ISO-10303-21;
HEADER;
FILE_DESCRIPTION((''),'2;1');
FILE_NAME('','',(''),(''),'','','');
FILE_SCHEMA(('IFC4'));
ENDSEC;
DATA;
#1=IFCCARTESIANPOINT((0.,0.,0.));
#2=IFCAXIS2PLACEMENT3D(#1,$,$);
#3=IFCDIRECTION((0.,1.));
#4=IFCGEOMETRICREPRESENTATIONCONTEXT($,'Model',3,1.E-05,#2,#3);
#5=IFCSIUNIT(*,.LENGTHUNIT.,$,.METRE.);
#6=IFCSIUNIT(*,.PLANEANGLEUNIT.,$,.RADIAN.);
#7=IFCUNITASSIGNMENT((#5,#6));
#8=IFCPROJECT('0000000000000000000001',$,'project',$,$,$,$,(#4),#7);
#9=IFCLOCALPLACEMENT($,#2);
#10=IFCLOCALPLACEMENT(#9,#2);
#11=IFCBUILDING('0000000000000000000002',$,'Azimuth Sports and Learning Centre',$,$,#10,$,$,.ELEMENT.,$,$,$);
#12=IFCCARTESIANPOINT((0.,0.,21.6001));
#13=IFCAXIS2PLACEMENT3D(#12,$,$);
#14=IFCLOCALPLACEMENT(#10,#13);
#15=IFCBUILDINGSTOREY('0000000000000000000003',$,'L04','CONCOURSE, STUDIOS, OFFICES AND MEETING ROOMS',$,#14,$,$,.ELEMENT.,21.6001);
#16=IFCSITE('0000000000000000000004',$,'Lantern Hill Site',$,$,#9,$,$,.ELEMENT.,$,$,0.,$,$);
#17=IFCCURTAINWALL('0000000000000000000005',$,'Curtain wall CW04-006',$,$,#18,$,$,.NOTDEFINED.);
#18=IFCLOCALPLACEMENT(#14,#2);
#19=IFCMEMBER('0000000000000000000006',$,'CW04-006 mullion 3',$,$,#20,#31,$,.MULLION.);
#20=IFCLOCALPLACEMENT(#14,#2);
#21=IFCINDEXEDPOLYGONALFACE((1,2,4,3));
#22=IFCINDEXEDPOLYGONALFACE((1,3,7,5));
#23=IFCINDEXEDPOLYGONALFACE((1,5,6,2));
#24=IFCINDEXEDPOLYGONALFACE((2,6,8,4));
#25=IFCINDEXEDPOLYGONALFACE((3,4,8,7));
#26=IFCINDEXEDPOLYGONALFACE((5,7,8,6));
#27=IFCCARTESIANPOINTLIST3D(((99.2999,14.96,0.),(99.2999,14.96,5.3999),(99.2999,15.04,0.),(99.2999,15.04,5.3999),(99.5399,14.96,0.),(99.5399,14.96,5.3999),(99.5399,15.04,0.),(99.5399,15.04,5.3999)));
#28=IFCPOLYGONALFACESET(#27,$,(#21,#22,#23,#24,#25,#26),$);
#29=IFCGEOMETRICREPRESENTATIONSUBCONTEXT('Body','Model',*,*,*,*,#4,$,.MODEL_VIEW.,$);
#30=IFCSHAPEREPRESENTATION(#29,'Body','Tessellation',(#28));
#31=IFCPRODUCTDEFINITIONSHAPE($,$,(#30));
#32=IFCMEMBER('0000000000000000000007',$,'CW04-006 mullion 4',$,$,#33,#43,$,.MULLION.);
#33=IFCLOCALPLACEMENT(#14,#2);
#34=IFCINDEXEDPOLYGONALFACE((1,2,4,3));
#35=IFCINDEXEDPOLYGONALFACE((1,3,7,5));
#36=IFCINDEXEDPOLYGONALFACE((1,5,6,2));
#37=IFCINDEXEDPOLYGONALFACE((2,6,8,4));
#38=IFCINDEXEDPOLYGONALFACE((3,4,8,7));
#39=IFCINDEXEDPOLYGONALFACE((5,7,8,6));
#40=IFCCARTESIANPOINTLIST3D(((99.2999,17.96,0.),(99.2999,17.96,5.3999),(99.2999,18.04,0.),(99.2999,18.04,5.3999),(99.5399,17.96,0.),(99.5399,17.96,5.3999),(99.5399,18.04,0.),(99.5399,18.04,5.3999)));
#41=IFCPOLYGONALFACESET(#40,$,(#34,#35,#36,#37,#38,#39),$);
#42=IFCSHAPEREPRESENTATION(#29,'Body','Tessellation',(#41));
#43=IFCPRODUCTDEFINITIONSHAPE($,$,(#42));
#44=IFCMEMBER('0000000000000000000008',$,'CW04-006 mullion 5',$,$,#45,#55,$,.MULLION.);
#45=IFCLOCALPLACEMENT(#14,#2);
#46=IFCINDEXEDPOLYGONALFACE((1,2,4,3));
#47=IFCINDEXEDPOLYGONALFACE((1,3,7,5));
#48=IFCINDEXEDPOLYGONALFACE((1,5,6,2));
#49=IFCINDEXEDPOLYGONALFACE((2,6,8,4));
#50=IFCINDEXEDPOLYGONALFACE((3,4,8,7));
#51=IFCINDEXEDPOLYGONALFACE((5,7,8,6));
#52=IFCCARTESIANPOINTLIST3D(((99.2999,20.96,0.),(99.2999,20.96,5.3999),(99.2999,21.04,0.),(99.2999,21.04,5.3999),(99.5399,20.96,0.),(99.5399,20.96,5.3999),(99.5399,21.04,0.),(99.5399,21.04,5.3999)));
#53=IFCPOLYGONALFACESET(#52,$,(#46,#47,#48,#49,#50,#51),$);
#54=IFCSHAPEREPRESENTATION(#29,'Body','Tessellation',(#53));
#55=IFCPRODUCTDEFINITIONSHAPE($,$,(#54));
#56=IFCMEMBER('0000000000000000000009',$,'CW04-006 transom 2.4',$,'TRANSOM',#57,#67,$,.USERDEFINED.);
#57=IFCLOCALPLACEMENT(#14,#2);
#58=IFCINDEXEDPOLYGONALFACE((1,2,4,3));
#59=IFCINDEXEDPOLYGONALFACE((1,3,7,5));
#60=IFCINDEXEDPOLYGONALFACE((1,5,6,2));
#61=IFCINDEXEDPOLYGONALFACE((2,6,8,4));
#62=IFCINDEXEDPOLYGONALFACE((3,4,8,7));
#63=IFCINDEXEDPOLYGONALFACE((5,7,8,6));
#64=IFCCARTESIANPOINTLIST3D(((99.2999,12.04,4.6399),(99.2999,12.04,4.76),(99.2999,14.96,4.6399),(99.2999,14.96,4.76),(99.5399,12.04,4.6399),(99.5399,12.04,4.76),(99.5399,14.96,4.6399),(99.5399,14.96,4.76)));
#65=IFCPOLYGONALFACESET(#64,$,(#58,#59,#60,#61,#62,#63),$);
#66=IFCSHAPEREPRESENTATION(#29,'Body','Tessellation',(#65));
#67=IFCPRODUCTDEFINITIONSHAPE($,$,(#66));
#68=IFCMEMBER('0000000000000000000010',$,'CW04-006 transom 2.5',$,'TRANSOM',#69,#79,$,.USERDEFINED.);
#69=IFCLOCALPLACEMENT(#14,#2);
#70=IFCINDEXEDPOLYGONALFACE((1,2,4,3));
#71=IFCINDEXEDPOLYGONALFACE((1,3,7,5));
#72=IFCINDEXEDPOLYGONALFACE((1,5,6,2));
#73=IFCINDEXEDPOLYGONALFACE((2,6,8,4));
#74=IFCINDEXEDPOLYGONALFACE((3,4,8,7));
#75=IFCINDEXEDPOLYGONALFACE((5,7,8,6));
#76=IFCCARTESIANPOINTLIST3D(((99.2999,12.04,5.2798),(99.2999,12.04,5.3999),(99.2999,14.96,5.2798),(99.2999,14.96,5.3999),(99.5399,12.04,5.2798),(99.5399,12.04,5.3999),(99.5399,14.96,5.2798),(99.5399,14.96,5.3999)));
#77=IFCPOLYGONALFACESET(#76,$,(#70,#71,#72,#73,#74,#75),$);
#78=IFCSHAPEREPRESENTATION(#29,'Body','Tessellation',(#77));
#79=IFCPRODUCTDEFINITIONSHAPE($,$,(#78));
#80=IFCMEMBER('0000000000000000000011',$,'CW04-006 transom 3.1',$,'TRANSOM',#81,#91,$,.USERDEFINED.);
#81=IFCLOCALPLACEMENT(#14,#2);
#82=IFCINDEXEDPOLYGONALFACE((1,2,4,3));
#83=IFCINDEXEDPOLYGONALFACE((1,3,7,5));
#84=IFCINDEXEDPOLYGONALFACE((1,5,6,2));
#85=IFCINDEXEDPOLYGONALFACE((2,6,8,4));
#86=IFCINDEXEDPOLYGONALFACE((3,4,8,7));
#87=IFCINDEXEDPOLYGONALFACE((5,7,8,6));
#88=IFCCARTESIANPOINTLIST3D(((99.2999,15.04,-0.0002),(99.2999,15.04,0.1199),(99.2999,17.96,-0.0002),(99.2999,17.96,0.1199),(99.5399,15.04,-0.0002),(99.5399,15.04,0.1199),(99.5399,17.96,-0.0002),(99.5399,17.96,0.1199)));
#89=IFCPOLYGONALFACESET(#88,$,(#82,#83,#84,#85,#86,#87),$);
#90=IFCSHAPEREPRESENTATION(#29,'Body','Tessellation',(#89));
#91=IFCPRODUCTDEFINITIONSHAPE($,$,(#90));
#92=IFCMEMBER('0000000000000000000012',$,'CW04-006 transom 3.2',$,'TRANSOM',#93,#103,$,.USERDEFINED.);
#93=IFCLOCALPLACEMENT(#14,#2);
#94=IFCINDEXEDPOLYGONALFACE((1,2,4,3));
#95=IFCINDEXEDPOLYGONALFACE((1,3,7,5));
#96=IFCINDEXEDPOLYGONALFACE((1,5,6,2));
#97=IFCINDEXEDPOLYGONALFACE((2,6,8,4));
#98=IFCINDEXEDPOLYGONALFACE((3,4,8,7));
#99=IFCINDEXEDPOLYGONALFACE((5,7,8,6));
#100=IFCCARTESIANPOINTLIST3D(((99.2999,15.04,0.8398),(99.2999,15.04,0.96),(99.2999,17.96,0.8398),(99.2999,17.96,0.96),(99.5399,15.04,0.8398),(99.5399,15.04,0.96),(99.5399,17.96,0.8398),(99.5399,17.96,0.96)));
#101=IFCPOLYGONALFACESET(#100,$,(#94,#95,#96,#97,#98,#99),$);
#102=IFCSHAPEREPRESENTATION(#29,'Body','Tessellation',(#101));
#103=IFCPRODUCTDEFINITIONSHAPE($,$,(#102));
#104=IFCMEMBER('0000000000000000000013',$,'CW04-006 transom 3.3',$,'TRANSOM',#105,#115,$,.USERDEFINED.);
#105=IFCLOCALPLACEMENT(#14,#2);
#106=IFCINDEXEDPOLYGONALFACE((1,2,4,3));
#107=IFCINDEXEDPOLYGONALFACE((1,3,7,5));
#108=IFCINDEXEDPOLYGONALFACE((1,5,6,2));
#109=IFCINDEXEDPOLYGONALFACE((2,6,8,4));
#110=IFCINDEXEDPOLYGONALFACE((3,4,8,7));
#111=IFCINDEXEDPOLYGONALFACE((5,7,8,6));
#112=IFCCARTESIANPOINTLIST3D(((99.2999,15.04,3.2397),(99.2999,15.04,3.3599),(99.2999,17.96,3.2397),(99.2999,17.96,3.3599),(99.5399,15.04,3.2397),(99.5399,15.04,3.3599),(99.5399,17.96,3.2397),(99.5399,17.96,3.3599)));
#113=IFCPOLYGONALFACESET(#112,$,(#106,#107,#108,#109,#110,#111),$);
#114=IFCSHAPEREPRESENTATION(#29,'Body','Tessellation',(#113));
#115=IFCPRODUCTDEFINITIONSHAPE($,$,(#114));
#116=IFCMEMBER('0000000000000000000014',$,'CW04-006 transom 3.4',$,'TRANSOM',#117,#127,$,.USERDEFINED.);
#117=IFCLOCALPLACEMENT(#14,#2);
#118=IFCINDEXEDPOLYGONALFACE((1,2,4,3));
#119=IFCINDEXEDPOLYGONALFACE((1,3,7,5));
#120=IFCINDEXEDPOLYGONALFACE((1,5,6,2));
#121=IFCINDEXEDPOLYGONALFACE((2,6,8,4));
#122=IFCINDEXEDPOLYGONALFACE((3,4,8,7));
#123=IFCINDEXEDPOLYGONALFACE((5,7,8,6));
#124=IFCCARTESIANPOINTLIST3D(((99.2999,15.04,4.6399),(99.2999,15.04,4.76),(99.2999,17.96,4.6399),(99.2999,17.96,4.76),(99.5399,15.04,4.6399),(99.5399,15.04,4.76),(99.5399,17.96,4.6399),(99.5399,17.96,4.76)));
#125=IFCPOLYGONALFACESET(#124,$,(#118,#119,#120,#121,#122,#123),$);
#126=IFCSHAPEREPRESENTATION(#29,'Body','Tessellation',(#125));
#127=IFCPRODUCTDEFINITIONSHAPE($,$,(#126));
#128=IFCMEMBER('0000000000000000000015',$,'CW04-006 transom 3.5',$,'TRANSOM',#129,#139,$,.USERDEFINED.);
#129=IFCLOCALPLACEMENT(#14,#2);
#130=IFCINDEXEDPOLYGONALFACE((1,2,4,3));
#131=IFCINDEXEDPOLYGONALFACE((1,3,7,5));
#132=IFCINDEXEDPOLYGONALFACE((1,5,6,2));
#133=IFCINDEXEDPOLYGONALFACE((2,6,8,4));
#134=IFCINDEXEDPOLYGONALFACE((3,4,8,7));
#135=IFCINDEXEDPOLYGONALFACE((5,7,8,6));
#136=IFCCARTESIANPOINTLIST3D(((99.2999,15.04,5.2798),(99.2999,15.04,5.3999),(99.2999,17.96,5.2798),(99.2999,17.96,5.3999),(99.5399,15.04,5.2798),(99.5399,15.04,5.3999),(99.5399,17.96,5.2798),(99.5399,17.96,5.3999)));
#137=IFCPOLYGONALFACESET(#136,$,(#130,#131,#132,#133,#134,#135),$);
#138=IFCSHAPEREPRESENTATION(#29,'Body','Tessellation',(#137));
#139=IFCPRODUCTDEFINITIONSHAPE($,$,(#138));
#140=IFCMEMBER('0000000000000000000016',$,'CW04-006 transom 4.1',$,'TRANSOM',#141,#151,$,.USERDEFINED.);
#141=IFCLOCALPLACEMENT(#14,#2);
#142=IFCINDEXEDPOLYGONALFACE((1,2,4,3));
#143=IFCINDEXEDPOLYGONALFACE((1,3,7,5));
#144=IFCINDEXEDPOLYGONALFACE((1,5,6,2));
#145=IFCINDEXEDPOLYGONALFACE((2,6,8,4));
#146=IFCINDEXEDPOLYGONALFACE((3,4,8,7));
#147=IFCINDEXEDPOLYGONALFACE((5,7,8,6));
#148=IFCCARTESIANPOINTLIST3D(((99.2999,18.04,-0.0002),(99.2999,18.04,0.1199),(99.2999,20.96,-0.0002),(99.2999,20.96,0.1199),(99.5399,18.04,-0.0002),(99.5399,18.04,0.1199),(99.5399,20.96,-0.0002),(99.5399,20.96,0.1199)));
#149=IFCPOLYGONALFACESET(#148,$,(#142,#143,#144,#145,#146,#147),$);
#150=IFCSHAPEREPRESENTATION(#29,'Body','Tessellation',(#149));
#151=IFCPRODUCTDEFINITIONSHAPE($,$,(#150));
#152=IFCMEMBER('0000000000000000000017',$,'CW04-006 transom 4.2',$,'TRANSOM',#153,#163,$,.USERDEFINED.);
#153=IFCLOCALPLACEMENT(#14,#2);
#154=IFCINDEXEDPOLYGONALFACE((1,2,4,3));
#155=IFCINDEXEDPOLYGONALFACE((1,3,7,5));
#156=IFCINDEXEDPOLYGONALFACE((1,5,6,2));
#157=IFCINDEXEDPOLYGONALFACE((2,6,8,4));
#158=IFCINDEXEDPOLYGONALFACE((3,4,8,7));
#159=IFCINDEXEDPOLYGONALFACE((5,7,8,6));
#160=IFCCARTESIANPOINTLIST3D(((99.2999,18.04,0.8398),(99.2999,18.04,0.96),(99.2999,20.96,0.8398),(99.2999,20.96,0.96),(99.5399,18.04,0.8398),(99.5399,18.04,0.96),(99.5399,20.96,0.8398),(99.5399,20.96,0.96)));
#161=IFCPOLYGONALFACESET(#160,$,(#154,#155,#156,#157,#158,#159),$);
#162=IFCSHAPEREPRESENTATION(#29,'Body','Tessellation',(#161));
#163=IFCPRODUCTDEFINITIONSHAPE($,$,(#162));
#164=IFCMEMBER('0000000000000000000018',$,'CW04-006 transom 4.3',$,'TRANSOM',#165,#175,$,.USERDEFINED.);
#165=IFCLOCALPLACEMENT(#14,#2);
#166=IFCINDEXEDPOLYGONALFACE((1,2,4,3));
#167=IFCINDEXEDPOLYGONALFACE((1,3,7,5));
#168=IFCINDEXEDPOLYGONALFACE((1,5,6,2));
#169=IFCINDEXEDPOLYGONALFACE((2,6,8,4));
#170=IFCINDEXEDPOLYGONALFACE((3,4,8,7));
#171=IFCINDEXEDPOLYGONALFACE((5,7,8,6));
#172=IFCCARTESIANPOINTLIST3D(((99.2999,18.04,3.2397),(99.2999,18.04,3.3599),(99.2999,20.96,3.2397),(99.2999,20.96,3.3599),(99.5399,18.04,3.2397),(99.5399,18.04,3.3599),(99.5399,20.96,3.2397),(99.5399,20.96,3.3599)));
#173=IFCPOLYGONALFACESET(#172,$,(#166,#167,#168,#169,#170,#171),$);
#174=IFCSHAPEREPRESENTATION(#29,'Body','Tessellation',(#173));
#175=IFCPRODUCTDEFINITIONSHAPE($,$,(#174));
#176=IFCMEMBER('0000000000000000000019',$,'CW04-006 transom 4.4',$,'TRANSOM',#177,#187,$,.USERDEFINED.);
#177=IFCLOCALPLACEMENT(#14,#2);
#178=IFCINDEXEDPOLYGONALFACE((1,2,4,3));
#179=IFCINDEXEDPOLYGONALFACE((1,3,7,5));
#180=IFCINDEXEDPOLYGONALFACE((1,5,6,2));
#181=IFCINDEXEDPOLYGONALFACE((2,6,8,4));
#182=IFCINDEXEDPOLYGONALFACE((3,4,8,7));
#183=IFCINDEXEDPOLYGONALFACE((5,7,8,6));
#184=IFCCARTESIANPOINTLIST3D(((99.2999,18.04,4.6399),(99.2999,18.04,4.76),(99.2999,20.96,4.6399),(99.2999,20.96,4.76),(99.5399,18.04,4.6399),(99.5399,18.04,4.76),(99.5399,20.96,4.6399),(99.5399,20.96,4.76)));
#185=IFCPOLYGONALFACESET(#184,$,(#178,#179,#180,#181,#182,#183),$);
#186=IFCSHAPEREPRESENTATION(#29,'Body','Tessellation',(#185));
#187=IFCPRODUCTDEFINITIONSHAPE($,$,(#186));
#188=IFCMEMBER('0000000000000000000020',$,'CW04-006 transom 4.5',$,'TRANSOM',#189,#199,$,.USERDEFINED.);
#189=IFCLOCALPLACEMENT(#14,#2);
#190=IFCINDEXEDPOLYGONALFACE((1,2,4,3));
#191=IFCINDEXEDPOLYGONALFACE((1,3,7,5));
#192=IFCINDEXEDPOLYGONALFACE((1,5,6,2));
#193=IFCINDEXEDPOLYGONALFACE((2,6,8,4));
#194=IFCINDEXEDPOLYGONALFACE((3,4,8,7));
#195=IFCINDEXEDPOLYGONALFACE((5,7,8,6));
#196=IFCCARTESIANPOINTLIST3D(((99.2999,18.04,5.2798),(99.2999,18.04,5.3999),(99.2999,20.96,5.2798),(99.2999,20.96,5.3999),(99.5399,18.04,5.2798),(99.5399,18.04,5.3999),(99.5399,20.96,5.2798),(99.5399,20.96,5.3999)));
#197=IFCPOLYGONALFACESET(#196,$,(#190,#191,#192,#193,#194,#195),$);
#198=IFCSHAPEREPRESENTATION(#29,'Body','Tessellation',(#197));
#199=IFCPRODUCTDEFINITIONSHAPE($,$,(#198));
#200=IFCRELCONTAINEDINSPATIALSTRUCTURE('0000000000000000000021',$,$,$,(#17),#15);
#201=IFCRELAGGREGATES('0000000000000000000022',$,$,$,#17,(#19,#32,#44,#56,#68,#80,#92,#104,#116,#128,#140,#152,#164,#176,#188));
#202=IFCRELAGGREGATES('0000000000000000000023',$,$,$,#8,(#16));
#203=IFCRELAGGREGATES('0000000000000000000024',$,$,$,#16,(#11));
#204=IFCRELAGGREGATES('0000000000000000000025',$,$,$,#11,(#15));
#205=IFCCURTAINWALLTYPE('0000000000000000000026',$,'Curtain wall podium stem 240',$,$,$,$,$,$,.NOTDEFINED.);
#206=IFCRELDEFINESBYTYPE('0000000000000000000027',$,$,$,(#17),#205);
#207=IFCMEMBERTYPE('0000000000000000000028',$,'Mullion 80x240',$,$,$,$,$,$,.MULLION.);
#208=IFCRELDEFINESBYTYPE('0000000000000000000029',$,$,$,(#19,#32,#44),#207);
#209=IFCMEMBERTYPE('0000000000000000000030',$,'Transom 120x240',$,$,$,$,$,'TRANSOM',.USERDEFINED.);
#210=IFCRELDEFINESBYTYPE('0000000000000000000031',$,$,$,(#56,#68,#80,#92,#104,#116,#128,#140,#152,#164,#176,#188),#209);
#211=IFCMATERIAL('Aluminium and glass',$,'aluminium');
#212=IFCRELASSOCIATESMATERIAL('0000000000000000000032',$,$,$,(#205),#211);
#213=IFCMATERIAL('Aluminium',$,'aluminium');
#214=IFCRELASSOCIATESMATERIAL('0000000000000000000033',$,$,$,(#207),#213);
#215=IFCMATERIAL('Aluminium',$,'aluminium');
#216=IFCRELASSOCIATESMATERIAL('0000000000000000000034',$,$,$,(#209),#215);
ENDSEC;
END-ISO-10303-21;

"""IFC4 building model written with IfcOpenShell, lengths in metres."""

from ifc_helpers import new_model, si_unit, direction, frame, origin, origin_2d, place, context, subcontext, project, spatial, rectangle, extrude, material, material_profile, profile_set, type_object, element, aggregate, save


model = new_model("IFC4")

# Units and contexts
model_context = context("Model", 3, precision=1e-05, world=origin(), true_north=direction((0.0, 1.0)))
body_context = subcontext(model_context, "Body", "Model", "MODEL_VIEW")
ifc_project = project(units=[si_unit("LENGTHUNIT", "METRE"), si_unit("PLANEANGLEUNIT", "RADIAN")], contexts=[model_context])

# Site, building, storey
site_placement = place(None, origin())
site = spatial("IfcSite", under=ifc_project, at=site_placement, Name="Lantern Hill Site", CompositionType="ELEMENT", RefElevation=0.0)
building_placement = place(site_placement, origin())
building = spatial("IfcBuilding", under=site, at=building_placement, Name="Azimuth Sports and Learning Centre", CompositionType="ELEMENT")
storey_placement = place(building_placement, frame((0.0, 0.0, 21.6001)))
storey = spatial("IfcBuildingStorey", under=building, at=storey_placement, Name="L04", Description="CONCOURSE, STUDIOS, OFFICES AND MEETING ROOMS", CompositionType="ELEMENT", Elevation=21.6001)

# Curtain wall, members
ifc_material_1 = material(Name="Aluminium and glass", Category="aluminium")
curtain_wall_type = type_object("IfcCurtainWallType", Name="Curtain wall podium stem 240", PredefinedType="NOTDEFINED", material=ifc_material_1)
curtain_wall_placement = place(storey_placement, origin())
curtain_wall = element("IfcCurtainWall", 1, at=curtain_wall_placement, inside=storey, type_object=curtain_wall_type, Name="Curtain wall CW04-006", PredefinedType="NOTDEFINED")
ifc_material_2 = material(Name="Aluminium", Category="aluminium")
ifc_material_profile_1 = material_profile(ifc_material_2, rectangle(XDim=0.24, YDim=0.0801, at=origin_2d()), Name="Mullion 80x240")
ifc_profile_set_1 = profile_set([ifc_material_profile_1], Name="Aluminium")
member_type_1 = type_object("IfcMemberType", Name="Mullion 80x240", PredefinedType="MULLION", material=ifc_profile_set_1)
member_1_placement = place(storey_placement, frame((99.4199, 15.0, 0.0), z_axis=(0.0, 0.0, 1.0), x_axis=(-1.0, 0.0, 0.0)))
member_1 = element("IfcMember", 2, at=member_1_placement, type_object=member_type_1, Name="CW04-006 mullion 3", PredefinedType="MULLION", context=body_context, shape_type="SweptSolid", body=[
    extrude(rectangle(XDim=0.24, YDim=0.0801, at=origin_2d()), origin(), (0.0, 0.0, 1.0), 5.3999),
])
member_2_placement = place(storey_placement, frame((99.4199, 18.0, 0.0), z_axis=(0.0, 0.0, 1.0), x_axis=(-1.0, 0.0, 0.0)))
member_2 = element("IfcMember", 3, at=member_2_placement, type_object=member_type_1, Name="CW04-006 mullion 4", PredefinedType="MULLION", context=body_context, shape_type="SweptSolid", body=[
    extrude(rectangle(XDim=0.24, YDim=0.0801, at=origin_2d()), origin(), (0.0, 0.0, 1.0), 5.3999),
])
member_3_placement = place(storey_placement, frame((99.4199, 21.0, 0.0), z_axis=(0.0, 0.0, 1.0), x_axis=(-1.0, 0.0, 0.0)))
member_3 = element("IfcMember", 4, at=member_3_placement, type_object=member_type_1, Name="CW04-006 mullion 5", PredefinedType="MULLION", context=body_context, shape_type="SweptSolid", body=[
    extrude(rectangle(XDim=0.24, YDim=0.0801, at=origin_2d()), origin(), (0.0, 0.0, 1.0), 5.3999),
])
ifc_material_3 = material(Name="Aluminium", Category="aluminium")
ifc_material_profile_2 = material_profile(ifc_material_3, rectangle(XDim=0.24, YDim=0.1201, at=origin_2d()), Name="Transom 120x240")
ifc_profile_set_2 = profile_set([ifc_material_profile_2], Name="Aluminium")
member_type_2 = type_object("IfcMemberType", Name="Transom 120x240", ElementType="TRANSOM", PredefinedType="USERDEFINED", material=ifc_profile_set_2)
member_4_placement = place(storey_placement, frame((99.4199, 12.04, 4.7), z_axis=(0.0, 1.0, 0.0), x_axis=(-1.0, 0.0, 0.0)))
member_4 = element("IfcMember", 5, at=member_4_placement, type_object=member_type_2, Name="CW04-006 transom 2.4", ObjectType="TRANSOM", PredefinedType="USERDEFINED", context=body_context, shape_type="SweptSolid", body=[
    extrude(rectangle(XDim=0.24, YDim=0.1201, at=origin_2d()), origin(), (0.0, 0.0, 1.0), 2.9199),
])
member_5_placement = place(storey_placement, frame((99.4199, 12.04, 5.3398), z_axis=(0.0, 1.0, 0.0), x_axis=(-1.0, 0.0, 0.0)))
member_5 = element("IfcMember", 6, at=member_5_placement, type_object=member_type_2, Name="CW04-006 transom 2.5", ObjectType="TRANSOM", PredefinedType="USERDEFINED", context=body_context, shape_type="SweptSolid", body=[
    extrude(rectangle(XDim=0.24, YDim=0.1201, at=origin_2d()), origin(), (0.0, 0.0, 1.0), 2.9199),
])
member_6_placement = place(storey_placement, frame((99.4199, 15.04, 0.0598), z_axis=(0.0, 1.0, 0.0), x_axis=(-1.0, 0.0, 0.0)))
member_6 = element("IfcMember", 7, at=member_6_placement, type_object=member_type_2, Name="CW04-006 transom 3.1", ObjectType="TRANSOM", PredefinedType="USERDEFINED", context=body_context, shape_type="SweptSolid", body=[
    extrude(rectangle(XDim=0.24, YDim=0.1201, at=origin_2d()), origin(), (0.0, 0.0, 1.0), 2.9199),
])
member_7_placement = place(storey_placement, frame((99.4199, 15.04, 0.8999), z_axis=(0.0, 1.0, 0.0), x_axis=(-1.0, 0.0, 0.0)))
member_7 = element("IfcMember", 8, at=member_7_placement, type_object=member_type_2, Name="CW04-006 transom 3.2", ObjectType="TRANSOM", PredefinedType="USERDEFINED", context=body_context, shape_type="SweptSolid", body=[
    extrude(rectangle(XDim=0.24, YDim=0.1201, at=origin_2d()), origin(), (0.0, 0.0, 1.0), 2.9199),
])
member_8_placement = place(storey_placement, frame((99.4199, 15.04, 3.2998), z_axis=(0.0, 1.0, 0.0), x_axis=(-1.0, 0.0, 0.0)))
member_8 = element("IfcMember", 9, at=member_8_placement, type_object=member_type_2, Name="CW04-006 transom 3.3", ObjectType="TRANSOM", PredefinedType="USERDEFINED", context=body_context, shape_type="SweptSolid", body=[
    extrude(rectangle(XDim=0.24, YDim=0.1201, at=origin_2d()), origin(), (0.0, 0.0, 1.0), 2.9199),
])
member_9_placement = place(storey_placement, frame((99.4199, 15.04, 4.7), z_axis=(0.0, 1.0, 0.0), x_axis=(-1.0, 0.0, 0.0)))
member_9 = element("IfcMember", 10, at=member_9_placement, type_object=member_type_2, Name="CW04-006 transom 3.4", ObjectType="TRANSOM", PredefinedType="USERDEFINED", context=body_context, shape_type="SweptSolid", body=[
    extrude(rectangle(XDim=0.24, YDim=0.1201, at=origin_2d()), origin(), (0.0, 0.0, 1.0), 2.9199),
])
member_10_placement = place(storey_placement, frame((99.4199, 15.04, 5.3398), z_axis=(0.0, 1.0, 0.0), x_axis=(-1.0, 0.0, 0.0)))
member_10 = element("IfcMember", 11, at=member_10_placement, type_object=member_type_2, Name="CW04-006 transom 3.5", ObjectType="TRANSOM", PredefinedType="USERDEFINED", context=body_context, shape_type="SweptSolid", body=[
    extrude(rectangle(XDim=0.24, YDim=0.1201, at=origin_2d()), origin(), (0.0, 0.0, 1.0), 2.9199),
])
member_11_placement = place(storey_placement, frame((99.4199, 18.04, 0.0598), z_axis=(0.0, 1.0, 0.0), x_axis=(-1.0, 0.0, 0.0)))
member_11 = element("IfcMember", 12, at=member_11_placement, type_object=member_type_2, Name="CW04-006 transom 4.1", ObjectType="TRANSOM", PredefinedType="USERDEFINED", context=body_context, shape_type="SweptSolid", body=[
    extrude(rectangle(XDim=0.24, YDim=0.1201, at=origin_2d()), origin(), (0.0, 0.0, 1.0), 2.9199),
])
member_12_placement = place(storey_placement, frame((99.4199, 18.04, 0.8999), z_axis=(0.0, 1.0, 0.0), x_axis=(-1.0, 0.0, 0.0)))
member_12 = element("IfcMember", 13, at=member_12_placement, type_object=member_type_2, Name="CW04-006 transom 4.2", ObjectType="TRANSOM", PredefinedType="USERDEFINED", context=body_context, shape_type="SweptSolid", body=[
    extrude(rectangle(XDim=0.24, YDim=0.1201, at=origin_2d()), origin(), (0.0, 0.0, 1.0), 2.9199),
])
member_13_placement = place(storey_placement, frame((99.4199, 18.04, 3.2998), z_axis=(0.0, 1.0, 0.0), x_axis=(-1.0, 0.0, 0.0)))
member_13 = element("IfcMember", 14, at=member_13_placement, type_object=member_type_2, Name="CW04-006 transom 4.3", ObjectType="TRANSOM", PredefinedType="USERDEFINED", context=body_context, shape_type="SweptSolid", body=[
    extrude(rectangle(XDim=0.24, YDim=0.1201, at=origin_2d()), origin(), (0.0, 0.0, 1.0), 2.9199),
])
member_14_placement = place(storey_placement, frame((99.4199, 18.04, 4.7), z_axis=(0.0, 1.0, 0.0), x_axis=(-1.0, 0.0, 0.0)))
member_14 = element("IfcMember", 15, at=member_14_placement, type_object=member_type_2, Name="CW04-006 transom 4.4", ObjectType="TRANSOM", PredefinedType="USERDEFINED", context=body_context, shape_type="SweptSolid", body=[
    extrude(rectangle(XDim=0.24, YDim=0.1201, at=origin_2d()), origin(), (0.0, 0.0, 1.0), 2.9199),
])
member_15_placement = place(storey_placement, frame((99.4199, 18.04, 5.3398), z_axis=(0.0, 1.0, 0.0), x_axis=(-1.0, 0.0, 0.0)))
member_15 = element("IfcMember", 16, at=member_15_placement, type_object=member_type_2, Name="CW04-006 transom 4.5", ObjectType="TRANSOM", PredefinedType="USERDEFINED", context=body_context, shape_type="SweptSolid", body=[
    extrude(rectangle(XDim=0.24, YDim=0.1201, at=origin_2d()), origin(), (0.0, 0.0, 1.0), 2.9199),
])
aggregate(curtain_wall, [member_1, member_2, member_3, member_4, member_5, member_6, member_7, member_8, member_9, member_10, member_11, member_12, member_13, member_14, member_15])

save(model, "model.ifc")
